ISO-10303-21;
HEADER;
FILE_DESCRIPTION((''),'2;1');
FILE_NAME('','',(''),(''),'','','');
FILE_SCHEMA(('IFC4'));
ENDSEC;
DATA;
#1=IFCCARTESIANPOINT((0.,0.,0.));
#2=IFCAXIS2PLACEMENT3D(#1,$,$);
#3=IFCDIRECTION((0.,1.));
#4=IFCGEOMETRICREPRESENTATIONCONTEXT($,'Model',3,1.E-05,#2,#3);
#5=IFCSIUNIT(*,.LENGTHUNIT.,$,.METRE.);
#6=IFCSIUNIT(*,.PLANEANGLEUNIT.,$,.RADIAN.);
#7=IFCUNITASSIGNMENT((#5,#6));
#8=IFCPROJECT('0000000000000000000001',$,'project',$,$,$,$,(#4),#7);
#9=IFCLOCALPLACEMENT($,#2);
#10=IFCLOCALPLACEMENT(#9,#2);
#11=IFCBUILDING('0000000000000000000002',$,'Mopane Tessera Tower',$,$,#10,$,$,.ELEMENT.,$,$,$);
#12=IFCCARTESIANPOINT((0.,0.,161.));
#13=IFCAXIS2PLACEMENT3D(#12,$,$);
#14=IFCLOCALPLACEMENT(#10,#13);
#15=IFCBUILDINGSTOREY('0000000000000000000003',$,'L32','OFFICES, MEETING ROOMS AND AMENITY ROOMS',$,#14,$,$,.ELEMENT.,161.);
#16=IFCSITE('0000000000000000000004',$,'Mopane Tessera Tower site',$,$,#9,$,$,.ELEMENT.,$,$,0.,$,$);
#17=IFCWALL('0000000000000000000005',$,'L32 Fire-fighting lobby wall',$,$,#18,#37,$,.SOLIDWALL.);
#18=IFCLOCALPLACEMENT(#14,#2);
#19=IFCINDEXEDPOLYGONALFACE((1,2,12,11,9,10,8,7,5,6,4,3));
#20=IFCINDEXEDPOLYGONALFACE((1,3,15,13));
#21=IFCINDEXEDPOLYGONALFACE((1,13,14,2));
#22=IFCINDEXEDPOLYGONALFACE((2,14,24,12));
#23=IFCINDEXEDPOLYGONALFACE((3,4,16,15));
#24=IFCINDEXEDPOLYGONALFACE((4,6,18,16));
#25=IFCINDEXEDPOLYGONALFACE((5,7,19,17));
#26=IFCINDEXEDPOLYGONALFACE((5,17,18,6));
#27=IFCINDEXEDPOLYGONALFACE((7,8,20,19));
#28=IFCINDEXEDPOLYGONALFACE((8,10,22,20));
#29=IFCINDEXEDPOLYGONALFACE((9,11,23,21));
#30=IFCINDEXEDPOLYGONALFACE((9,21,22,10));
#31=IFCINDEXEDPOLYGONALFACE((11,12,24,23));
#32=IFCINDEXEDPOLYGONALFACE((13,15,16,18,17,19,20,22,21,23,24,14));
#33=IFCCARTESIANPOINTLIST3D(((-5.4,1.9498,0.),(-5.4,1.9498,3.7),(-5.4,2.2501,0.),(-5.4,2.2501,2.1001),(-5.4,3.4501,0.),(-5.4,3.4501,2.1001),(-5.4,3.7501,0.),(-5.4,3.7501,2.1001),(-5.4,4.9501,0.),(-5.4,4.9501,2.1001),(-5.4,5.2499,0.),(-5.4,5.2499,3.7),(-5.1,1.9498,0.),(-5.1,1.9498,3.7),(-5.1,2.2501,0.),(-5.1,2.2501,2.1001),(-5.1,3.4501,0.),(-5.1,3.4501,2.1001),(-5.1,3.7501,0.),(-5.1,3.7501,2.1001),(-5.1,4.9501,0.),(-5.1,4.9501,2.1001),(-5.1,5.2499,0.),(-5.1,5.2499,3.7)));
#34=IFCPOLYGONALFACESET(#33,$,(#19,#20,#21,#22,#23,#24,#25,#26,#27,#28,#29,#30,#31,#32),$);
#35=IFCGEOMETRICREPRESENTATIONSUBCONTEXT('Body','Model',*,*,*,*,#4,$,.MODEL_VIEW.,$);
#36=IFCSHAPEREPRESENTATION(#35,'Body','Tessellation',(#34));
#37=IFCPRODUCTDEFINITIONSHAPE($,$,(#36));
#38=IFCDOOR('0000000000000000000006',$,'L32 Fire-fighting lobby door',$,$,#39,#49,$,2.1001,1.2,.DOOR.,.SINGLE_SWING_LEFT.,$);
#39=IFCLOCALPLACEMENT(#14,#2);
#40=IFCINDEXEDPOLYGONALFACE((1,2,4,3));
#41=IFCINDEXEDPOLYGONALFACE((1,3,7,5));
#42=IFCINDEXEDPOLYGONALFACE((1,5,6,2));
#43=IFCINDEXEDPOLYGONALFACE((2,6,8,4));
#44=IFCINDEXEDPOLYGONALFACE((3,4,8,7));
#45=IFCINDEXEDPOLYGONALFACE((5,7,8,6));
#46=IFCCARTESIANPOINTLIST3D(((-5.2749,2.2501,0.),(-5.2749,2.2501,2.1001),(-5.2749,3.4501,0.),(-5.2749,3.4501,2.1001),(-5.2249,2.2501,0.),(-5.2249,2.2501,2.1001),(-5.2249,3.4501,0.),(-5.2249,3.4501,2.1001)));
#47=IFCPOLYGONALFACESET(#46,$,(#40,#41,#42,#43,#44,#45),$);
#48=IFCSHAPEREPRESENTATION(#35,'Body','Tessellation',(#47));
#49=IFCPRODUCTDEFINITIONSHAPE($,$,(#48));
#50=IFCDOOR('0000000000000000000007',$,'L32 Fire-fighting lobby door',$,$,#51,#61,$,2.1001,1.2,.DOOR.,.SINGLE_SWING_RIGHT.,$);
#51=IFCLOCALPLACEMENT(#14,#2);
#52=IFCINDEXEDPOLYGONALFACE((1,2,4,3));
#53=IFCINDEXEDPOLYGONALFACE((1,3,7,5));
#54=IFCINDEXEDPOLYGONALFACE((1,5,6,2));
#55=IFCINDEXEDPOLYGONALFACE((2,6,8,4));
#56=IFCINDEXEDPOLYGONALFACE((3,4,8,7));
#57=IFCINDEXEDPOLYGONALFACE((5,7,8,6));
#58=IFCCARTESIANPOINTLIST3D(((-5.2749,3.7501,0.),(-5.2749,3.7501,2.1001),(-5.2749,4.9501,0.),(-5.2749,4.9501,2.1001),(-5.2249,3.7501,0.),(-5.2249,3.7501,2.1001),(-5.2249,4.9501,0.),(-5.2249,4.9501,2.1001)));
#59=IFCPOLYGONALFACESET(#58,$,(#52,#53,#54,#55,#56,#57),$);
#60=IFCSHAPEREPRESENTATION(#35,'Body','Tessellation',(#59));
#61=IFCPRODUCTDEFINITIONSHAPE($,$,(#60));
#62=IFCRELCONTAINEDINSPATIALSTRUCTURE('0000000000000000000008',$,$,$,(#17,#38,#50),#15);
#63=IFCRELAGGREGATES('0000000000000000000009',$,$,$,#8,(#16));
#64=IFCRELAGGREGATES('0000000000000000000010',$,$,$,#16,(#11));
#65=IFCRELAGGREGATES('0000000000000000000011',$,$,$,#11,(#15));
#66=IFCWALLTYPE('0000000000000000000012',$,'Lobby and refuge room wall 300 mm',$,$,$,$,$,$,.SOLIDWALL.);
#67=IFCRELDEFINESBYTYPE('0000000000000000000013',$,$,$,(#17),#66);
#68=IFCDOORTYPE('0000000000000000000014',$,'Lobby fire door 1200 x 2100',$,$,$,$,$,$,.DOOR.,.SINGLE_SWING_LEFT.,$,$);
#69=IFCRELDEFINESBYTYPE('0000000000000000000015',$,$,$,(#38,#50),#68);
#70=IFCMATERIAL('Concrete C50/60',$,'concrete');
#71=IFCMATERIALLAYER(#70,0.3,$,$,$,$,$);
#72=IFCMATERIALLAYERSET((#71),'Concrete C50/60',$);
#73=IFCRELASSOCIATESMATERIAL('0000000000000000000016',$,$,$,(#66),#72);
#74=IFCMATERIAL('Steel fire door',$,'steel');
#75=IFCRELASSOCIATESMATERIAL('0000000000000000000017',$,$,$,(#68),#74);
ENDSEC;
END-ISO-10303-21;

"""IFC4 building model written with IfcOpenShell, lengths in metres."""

from ifc_helpers import new_model, si_unit, direction, frame, frame_2d, origin, place, context, subcontext, project, spatial, rectangle, extrude, material, layer, layer_set, type_object, element, fill, save


model = new_model("IFC4")

# Units and contexts
model_context = context("Model", 3, precision=1e-05, world=origin(), true_north=direction((0.0, 1.0)))
body_context = subcontext(model_context, "Body", "Model", "MODEL_VIEW")
ifc_project = project(units=[si_unit("LENGTHUNIT", "METRE"), si_unit("PLANEANGLEUNIT", "RADIAN")], contexts=[model_context])

# Site, building, storey
site_placement = place(None, origin())
site = spatial("IfcSite", under=ifc_project, at=site_placement, Name="Mopane Tessera Tower site", CompositionType="ELEMENT", RefElevation=0.0)
building_placement = place(site_placement, origin())
building = spatial("IfcBuilding", under=site, at=building_placement, Name="Mopane Tessera Tower", CompositionType="ELEMENT")
storey_placement = place(building_placement, frame((0.0, 0.0, 161.0)))
storey = spatial("IfcBuildingStorey", under=building, at=storey_placement, Name="L32", Description="OFFICES, MEETING ROOMS AND AMENITY ROOMS", CompositionType="ELEMENT", Elevation=161.0)

# Wall, openings, doors
ifc_material_1 = material(Name="Concrete C50/60", Category="concrete")
ifc_layer_1 = layer(ifc_material_1, 0.3)
ifc_layer_set_1 = layer_set([ifc_layer_1], Name="Concrete C50/60")
wall_type_1 = type_object("IfcWallType", Name="Lobby and refuge room wall 300 mm", PredefinedType="SOLIDWALL", material=ifc_layer_set_1)
wall_1_placement = place(storey_placement, frame((-5.25, 1.95, 0.0), z_axis=(0.0, 0.0, 1.0), x_axis=(0.0, 1.0, 0.0)))
wall_1 = element("IfcWall", 1, at=wall_1_placement, inside=storey, type_object=wall_type_1, Name="L32 Fire-fighting lobby wall", PredefinedType="SOLIDWALL", context=body_context, shape_type="SweptSolid", body=[
    extrude(rectangle(XDim=3.3, YDim=0.3, at=frame_2d((1.6499, 0.0))), origin(), (0.0, 0.0, 1.0), 3.7),
])
opening_1_placement = place(wall_1_placement, frame((0.3, 0.0, 0.0)))
opening_1 = element("IfcOpeningElement", 2, at=opening_1_placement, cuts=wall_1, PredefinedType="OPENING", context=body_context, shape_type="SweptSolid", body=[
    extrude(rectangle(XDim=1.2, YDim=2.1001, at=frame_2d((0.6001, 1.05))), frame((0.0, 0.1621, 0.0), z_axis=(0.0, -1.0, 0.0), x_axis=(1.0, 0.0, 0.0)), (0.0, 0.0, 1.0), 0.324),
])
opening_2_placement = place(wall_1_placement, frame((1.8, 0.0, 0.0)))
opening_2 = element("IfcOpeningElement", 3, at=opening_2_placement, cuts=wall_1, PredefinedType="OPENING", context=body_context, shape_type="SweptSolid", body=[
    extrude(rectangle(XDim=1.2, YDim=2.1001, at=frame_2d((0.6001, 1.05))), frame((0.0, 0.1621, 0.0), z_axis=(0.0, -1.0, 0.0), x_axis=(1.0, 0.0, 0.0)), (0.0, 0.0, 1.0), 0.324),
])
ifc_material_2 = material(Name="Steel fire door", Category="steel")
door_type_1 = type_object("IfcDoorType", Name="Lobby fire door 1200 x 2100", OperationType="SINGLE_SWING_LEFT", PredefinedType="DOOR", material=ifc_material_2)
door_1_placement = place(opening_1_placement, origin())
door_1 = element("IfcDoor", 4, at=door_1_placement, inside=storey, type_object=door_type_1, Name="L32 Fire-fighting lobby door", OperationType="SINGLE_SWING_LEFT", OverallHeight=2.1001, OverallWidth=1.2, PredefinedType="DOOR", context=body_context, shape_type="SweptSolid", body=[
    extrude(rectangle(XDim=1.2, YDim=2.1001, at=frame_2d((0.6001, 1.05))), frame((0.0, 0.0249, 0.0), z_axis=(0.0, -1.0, 0.0), x_axis=(1.0, 0.0, 0.0)), (0.0, 0.0, 1.0), 0.05),
])
fill(opening_1, door_1)
door_2_placement = place(opening_2_placement, origin())
door_2 = element("IfcDoor", 5, at=door_2_placement, inside=storey, type_object=door_type_1, Name="L32 Fire-fighting lobby door", OperationType="SINGLE_SWING_RIGHT", OverallHeight=2.1001, OverallWidth=1.2, PredefinedType="DOOR", context=body_context, shape_type="SweptSolid", body=[
    extrude(rectangle(XDim=1.2, YDim=2.1001, at=frame_2d((0.6001, 1.05))), frame((0.0, 0.0249, 0.0), z_axis=(0.0, -1.0, 0.0), x_axis=(1.0, 0.0, 0.0)), (0.0, 0.0, 1.0), 0.05),
])
fill(opening_2, door_2)

save(model, "model.ifc")
